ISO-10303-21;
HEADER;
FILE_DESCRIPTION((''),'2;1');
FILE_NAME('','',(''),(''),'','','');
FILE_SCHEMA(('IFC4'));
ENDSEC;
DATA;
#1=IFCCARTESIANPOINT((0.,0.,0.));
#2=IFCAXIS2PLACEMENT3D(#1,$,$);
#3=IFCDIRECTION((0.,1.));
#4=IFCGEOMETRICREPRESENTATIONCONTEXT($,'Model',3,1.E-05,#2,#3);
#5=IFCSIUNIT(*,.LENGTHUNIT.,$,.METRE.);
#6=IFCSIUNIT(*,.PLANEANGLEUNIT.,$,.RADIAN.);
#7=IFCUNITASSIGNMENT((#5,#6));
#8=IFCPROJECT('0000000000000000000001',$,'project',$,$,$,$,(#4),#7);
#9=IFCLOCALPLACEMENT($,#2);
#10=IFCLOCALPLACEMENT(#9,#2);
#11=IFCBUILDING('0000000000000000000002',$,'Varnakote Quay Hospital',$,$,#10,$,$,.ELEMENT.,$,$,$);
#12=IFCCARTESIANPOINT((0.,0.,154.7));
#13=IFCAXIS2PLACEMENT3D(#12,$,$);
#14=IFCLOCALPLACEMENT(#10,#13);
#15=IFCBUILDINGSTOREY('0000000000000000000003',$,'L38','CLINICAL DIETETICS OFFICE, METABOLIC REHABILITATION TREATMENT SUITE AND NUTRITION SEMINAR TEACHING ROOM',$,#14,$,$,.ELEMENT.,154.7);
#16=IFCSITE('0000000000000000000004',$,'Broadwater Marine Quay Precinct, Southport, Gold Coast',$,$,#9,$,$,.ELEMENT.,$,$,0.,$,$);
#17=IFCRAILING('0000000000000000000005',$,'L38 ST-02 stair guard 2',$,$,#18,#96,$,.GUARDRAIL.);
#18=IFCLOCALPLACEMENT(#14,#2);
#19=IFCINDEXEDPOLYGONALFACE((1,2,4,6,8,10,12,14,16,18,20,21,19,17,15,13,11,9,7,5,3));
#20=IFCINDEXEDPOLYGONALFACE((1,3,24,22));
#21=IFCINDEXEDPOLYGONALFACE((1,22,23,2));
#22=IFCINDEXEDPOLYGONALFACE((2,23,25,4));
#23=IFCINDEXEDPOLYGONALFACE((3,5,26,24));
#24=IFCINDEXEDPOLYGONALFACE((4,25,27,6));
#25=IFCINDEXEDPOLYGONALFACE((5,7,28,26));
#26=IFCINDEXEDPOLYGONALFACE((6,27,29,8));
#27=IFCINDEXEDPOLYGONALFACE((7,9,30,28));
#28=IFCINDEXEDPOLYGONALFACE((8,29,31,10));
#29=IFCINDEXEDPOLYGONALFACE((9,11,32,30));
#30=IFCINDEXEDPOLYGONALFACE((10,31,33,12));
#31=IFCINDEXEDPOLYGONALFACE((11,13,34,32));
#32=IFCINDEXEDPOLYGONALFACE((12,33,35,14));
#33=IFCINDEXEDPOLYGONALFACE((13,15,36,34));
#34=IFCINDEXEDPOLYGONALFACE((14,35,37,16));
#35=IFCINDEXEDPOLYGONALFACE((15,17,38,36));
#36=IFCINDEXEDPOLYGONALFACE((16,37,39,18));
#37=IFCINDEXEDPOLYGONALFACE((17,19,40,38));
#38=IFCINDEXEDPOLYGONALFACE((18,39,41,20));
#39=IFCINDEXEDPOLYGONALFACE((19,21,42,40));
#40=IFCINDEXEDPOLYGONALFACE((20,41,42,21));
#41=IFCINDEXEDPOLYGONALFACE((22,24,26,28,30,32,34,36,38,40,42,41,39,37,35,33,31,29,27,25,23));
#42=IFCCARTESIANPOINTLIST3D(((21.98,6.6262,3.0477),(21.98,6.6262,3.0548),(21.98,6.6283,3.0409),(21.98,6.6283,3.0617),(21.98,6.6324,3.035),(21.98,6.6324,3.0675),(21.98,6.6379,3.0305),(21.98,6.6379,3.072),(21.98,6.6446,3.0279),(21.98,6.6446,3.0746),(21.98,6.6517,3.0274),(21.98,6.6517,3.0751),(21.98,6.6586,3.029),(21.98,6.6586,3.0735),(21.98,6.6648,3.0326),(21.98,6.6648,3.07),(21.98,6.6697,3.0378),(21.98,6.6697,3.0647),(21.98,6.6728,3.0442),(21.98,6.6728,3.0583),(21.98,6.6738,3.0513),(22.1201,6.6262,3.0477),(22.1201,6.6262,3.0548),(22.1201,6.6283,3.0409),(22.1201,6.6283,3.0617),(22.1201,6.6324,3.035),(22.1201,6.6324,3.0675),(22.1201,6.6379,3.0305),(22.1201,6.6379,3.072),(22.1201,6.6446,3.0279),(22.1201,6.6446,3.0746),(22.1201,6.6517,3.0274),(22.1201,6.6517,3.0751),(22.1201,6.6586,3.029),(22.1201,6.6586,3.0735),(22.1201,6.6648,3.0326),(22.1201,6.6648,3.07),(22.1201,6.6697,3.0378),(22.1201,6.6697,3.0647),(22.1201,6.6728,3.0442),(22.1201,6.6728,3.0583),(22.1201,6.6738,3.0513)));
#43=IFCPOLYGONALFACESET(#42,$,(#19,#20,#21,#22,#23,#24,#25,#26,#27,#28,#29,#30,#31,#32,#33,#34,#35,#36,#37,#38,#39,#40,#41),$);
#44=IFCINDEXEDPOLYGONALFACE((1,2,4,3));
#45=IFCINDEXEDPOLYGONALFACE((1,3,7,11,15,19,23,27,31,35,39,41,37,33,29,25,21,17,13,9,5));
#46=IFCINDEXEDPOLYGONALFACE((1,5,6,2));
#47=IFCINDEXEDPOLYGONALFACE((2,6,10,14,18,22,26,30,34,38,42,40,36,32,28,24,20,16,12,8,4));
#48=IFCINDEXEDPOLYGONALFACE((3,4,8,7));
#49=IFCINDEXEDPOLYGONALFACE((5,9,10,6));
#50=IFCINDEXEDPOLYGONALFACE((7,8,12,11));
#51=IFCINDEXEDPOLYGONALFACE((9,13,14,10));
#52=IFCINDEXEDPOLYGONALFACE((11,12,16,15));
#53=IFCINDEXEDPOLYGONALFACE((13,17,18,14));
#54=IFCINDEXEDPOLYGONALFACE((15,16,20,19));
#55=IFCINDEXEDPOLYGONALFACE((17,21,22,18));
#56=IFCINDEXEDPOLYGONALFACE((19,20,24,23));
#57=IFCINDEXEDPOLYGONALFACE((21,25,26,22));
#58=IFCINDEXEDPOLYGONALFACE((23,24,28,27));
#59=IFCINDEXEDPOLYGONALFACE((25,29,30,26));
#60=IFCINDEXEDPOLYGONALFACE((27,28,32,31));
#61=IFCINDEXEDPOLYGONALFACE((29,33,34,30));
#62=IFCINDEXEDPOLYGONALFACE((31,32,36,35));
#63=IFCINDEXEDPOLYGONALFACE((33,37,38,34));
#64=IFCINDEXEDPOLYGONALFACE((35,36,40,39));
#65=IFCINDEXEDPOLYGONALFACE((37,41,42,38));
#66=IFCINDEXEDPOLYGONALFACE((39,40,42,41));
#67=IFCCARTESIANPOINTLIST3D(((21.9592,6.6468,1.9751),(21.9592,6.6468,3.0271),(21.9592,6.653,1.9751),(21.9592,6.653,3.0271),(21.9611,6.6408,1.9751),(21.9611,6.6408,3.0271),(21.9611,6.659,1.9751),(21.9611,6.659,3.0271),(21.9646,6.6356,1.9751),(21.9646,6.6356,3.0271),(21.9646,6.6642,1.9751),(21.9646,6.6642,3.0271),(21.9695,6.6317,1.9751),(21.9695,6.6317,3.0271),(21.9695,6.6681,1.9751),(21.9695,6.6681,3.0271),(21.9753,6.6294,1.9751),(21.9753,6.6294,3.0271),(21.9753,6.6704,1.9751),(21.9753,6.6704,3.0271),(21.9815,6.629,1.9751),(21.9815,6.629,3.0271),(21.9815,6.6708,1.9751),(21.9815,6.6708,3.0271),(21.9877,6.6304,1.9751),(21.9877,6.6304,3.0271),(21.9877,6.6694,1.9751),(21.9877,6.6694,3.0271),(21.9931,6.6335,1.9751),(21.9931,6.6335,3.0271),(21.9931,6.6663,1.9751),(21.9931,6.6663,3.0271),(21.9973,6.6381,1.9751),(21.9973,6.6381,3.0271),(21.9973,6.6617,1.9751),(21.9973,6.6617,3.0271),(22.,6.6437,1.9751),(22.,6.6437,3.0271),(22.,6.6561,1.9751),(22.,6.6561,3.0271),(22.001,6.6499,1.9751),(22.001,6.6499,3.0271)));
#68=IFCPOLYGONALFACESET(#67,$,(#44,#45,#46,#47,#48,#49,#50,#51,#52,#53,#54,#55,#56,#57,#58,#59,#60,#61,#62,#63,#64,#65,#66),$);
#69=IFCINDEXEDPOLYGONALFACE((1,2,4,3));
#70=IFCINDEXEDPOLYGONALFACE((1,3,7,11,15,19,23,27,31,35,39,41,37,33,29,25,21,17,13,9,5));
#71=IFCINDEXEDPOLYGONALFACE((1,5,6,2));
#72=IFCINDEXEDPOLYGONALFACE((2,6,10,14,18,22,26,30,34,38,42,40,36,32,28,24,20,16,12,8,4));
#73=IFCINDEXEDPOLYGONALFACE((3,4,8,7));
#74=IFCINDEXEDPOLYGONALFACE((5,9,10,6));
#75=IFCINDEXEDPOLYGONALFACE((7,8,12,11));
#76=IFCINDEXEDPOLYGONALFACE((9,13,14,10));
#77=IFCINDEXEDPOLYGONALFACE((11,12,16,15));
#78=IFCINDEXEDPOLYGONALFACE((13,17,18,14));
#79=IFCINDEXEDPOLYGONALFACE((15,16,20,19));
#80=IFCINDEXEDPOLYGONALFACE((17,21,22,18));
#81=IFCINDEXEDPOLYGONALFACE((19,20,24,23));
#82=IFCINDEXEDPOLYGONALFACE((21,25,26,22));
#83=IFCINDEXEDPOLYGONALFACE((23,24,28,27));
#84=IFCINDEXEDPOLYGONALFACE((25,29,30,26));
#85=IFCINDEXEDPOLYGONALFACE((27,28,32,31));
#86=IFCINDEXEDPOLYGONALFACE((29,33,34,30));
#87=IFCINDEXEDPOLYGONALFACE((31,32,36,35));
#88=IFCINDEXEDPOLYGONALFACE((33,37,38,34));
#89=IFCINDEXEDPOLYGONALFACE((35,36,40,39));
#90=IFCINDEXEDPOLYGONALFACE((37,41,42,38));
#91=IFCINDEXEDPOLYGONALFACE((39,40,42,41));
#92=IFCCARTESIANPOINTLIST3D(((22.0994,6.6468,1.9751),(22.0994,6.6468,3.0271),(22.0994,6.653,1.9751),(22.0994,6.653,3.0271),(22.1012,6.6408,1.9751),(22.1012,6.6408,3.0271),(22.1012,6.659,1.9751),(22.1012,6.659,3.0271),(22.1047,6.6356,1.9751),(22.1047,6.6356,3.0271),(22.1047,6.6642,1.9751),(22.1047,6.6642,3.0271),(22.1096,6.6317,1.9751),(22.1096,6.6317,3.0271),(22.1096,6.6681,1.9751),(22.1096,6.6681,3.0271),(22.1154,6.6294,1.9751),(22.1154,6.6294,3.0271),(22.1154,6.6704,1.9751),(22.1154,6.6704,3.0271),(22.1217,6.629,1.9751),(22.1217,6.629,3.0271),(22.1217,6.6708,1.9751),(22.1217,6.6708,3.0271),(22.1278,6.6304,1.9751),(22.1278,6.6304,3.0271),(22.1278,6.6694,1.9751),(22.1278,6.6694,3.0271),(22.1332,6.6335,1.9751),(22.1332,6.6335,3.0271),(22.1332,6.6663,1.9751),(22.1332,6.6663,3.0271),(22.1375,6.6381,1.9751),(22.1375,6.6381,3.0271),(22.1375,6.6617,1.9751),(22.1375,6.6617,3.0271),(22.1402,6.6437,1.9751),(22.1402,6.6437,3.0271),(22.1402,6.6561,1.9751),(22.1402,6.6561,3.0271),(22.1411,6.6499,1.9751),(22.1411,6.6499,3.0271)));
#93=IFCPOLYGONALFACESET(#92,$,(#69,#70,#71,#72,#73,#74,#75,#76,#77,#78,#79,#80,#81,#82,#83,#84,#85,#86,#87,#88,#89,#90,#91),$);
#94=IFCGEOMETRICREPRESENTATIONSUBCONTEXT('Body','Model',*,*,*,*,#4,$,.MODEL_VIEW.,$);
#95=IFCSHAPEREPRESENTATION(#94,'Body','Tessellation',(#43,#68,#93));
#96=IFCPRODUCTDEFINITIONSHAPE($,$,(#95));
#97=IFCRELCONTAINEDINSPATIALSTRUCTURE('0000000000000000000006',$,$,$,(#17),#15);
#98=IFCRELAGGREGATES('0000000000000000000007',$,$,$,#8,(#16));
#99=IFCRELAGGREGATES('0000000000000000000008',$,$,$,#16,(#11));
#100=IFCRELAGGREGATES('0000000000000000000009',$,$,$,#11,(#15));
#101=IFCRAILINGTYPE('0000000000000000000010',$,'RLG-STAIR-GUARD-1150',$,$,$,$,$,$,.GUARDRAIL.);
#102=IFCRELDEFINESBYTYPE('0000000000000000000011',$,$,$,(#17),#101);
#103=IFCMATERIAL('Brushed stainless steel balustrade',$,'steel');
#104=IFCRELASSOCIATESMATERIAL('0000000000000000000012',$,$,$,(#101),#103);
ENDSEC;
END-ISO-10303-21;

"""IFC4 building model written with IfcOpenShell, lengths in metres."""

from ifc_helpers import new_model, si_unit, direction, frame, origin, origin_2d, place, context, subcontext, project, spatial, circle, extrude, material, type_object, element, save


model = new_model("IFC4")

# Units and contexts
model_context = context("Model", 3, precision=1e-05, world=origin(), true_north=direction((0.0, 1.0)))
body_context = subcontext(model_context, "Body", "Model", "MODEL_VIEW")
ifc_project = project(units=[si_unit("LENGTHUNIT", "METRE"), si_unit("PLANEANGLEUNIT", "RADIAN")], contexts=[model_context])

# Site, building, storey
site_placement = place(None, origin())
site = spatial("IfcSite", under=ifc_project, at=site_placement, Name="Broadwater Marine Quay Precinct, Southport, Gold Coast", CompositionType="ELEMENT", RefElevation=0.0)
building_placement = place(site_placement, origin())
building = spatial("IfcBuilding", under=site, at=building_placement, Name="Varnakote Quay Hospital", CompositionType="ELEMENT")
storey_placement = place(building_placement, frame((0.0, 0.0, 154.7)))
storey = spatial("IfcBuildingStorey", under=building, at=storey_placement, Name="L38", Description="CLINICAL DIETETICS OFFICE, METABOLIC REHABILITATION TREATMENT SUITE AND NUTRITION SEMINAR TEACHING ROOM", CompositionType="ELEMENT", Elevation=154.7)

# Railing
ifc_material_1 = material(Name="Brushed stainless steel balustrade", Category="steel")
railing_type_1 = type_object("IfcRailingType", Name="RLG-STAIR-GUARD-1150", PredefinedType="GUARDRAIL", material=ifc_material_1)
railing_1_placement = place(storey_placement, frame((21.98, 6.6499, 1.9751)))
element("IfcRailing", 1, at=railing_1_placement, inside=storey, type_object=railing_type_1, Name="L38 ST-02 stair guard 2", PredefinedType="GUARDRAIL", context=body_context, shape_type="SweptSolid", body=[
    extrude(circle(Radius=0.0239, at=origin_2d()), frame((0.0, 0.0, 1.0762), z_axis=(1.0, 0.0, 0.0), x_axis=(0.0, 1.0, 0.0)), (0.0, 0.0, 1.0), 0.1401),
    extrude(circle(Radius=0.021, at=origin_2d()), origin(), (0.0, 0.0, 1.0), 1.052),
    extrude(circle(Radius=0.021, at=origin_2d()), frame((0.1401, 0.0, 0.0)), (0.0, 0.0, 1.0), 1.052),
])

save(model, "model.ifc")
